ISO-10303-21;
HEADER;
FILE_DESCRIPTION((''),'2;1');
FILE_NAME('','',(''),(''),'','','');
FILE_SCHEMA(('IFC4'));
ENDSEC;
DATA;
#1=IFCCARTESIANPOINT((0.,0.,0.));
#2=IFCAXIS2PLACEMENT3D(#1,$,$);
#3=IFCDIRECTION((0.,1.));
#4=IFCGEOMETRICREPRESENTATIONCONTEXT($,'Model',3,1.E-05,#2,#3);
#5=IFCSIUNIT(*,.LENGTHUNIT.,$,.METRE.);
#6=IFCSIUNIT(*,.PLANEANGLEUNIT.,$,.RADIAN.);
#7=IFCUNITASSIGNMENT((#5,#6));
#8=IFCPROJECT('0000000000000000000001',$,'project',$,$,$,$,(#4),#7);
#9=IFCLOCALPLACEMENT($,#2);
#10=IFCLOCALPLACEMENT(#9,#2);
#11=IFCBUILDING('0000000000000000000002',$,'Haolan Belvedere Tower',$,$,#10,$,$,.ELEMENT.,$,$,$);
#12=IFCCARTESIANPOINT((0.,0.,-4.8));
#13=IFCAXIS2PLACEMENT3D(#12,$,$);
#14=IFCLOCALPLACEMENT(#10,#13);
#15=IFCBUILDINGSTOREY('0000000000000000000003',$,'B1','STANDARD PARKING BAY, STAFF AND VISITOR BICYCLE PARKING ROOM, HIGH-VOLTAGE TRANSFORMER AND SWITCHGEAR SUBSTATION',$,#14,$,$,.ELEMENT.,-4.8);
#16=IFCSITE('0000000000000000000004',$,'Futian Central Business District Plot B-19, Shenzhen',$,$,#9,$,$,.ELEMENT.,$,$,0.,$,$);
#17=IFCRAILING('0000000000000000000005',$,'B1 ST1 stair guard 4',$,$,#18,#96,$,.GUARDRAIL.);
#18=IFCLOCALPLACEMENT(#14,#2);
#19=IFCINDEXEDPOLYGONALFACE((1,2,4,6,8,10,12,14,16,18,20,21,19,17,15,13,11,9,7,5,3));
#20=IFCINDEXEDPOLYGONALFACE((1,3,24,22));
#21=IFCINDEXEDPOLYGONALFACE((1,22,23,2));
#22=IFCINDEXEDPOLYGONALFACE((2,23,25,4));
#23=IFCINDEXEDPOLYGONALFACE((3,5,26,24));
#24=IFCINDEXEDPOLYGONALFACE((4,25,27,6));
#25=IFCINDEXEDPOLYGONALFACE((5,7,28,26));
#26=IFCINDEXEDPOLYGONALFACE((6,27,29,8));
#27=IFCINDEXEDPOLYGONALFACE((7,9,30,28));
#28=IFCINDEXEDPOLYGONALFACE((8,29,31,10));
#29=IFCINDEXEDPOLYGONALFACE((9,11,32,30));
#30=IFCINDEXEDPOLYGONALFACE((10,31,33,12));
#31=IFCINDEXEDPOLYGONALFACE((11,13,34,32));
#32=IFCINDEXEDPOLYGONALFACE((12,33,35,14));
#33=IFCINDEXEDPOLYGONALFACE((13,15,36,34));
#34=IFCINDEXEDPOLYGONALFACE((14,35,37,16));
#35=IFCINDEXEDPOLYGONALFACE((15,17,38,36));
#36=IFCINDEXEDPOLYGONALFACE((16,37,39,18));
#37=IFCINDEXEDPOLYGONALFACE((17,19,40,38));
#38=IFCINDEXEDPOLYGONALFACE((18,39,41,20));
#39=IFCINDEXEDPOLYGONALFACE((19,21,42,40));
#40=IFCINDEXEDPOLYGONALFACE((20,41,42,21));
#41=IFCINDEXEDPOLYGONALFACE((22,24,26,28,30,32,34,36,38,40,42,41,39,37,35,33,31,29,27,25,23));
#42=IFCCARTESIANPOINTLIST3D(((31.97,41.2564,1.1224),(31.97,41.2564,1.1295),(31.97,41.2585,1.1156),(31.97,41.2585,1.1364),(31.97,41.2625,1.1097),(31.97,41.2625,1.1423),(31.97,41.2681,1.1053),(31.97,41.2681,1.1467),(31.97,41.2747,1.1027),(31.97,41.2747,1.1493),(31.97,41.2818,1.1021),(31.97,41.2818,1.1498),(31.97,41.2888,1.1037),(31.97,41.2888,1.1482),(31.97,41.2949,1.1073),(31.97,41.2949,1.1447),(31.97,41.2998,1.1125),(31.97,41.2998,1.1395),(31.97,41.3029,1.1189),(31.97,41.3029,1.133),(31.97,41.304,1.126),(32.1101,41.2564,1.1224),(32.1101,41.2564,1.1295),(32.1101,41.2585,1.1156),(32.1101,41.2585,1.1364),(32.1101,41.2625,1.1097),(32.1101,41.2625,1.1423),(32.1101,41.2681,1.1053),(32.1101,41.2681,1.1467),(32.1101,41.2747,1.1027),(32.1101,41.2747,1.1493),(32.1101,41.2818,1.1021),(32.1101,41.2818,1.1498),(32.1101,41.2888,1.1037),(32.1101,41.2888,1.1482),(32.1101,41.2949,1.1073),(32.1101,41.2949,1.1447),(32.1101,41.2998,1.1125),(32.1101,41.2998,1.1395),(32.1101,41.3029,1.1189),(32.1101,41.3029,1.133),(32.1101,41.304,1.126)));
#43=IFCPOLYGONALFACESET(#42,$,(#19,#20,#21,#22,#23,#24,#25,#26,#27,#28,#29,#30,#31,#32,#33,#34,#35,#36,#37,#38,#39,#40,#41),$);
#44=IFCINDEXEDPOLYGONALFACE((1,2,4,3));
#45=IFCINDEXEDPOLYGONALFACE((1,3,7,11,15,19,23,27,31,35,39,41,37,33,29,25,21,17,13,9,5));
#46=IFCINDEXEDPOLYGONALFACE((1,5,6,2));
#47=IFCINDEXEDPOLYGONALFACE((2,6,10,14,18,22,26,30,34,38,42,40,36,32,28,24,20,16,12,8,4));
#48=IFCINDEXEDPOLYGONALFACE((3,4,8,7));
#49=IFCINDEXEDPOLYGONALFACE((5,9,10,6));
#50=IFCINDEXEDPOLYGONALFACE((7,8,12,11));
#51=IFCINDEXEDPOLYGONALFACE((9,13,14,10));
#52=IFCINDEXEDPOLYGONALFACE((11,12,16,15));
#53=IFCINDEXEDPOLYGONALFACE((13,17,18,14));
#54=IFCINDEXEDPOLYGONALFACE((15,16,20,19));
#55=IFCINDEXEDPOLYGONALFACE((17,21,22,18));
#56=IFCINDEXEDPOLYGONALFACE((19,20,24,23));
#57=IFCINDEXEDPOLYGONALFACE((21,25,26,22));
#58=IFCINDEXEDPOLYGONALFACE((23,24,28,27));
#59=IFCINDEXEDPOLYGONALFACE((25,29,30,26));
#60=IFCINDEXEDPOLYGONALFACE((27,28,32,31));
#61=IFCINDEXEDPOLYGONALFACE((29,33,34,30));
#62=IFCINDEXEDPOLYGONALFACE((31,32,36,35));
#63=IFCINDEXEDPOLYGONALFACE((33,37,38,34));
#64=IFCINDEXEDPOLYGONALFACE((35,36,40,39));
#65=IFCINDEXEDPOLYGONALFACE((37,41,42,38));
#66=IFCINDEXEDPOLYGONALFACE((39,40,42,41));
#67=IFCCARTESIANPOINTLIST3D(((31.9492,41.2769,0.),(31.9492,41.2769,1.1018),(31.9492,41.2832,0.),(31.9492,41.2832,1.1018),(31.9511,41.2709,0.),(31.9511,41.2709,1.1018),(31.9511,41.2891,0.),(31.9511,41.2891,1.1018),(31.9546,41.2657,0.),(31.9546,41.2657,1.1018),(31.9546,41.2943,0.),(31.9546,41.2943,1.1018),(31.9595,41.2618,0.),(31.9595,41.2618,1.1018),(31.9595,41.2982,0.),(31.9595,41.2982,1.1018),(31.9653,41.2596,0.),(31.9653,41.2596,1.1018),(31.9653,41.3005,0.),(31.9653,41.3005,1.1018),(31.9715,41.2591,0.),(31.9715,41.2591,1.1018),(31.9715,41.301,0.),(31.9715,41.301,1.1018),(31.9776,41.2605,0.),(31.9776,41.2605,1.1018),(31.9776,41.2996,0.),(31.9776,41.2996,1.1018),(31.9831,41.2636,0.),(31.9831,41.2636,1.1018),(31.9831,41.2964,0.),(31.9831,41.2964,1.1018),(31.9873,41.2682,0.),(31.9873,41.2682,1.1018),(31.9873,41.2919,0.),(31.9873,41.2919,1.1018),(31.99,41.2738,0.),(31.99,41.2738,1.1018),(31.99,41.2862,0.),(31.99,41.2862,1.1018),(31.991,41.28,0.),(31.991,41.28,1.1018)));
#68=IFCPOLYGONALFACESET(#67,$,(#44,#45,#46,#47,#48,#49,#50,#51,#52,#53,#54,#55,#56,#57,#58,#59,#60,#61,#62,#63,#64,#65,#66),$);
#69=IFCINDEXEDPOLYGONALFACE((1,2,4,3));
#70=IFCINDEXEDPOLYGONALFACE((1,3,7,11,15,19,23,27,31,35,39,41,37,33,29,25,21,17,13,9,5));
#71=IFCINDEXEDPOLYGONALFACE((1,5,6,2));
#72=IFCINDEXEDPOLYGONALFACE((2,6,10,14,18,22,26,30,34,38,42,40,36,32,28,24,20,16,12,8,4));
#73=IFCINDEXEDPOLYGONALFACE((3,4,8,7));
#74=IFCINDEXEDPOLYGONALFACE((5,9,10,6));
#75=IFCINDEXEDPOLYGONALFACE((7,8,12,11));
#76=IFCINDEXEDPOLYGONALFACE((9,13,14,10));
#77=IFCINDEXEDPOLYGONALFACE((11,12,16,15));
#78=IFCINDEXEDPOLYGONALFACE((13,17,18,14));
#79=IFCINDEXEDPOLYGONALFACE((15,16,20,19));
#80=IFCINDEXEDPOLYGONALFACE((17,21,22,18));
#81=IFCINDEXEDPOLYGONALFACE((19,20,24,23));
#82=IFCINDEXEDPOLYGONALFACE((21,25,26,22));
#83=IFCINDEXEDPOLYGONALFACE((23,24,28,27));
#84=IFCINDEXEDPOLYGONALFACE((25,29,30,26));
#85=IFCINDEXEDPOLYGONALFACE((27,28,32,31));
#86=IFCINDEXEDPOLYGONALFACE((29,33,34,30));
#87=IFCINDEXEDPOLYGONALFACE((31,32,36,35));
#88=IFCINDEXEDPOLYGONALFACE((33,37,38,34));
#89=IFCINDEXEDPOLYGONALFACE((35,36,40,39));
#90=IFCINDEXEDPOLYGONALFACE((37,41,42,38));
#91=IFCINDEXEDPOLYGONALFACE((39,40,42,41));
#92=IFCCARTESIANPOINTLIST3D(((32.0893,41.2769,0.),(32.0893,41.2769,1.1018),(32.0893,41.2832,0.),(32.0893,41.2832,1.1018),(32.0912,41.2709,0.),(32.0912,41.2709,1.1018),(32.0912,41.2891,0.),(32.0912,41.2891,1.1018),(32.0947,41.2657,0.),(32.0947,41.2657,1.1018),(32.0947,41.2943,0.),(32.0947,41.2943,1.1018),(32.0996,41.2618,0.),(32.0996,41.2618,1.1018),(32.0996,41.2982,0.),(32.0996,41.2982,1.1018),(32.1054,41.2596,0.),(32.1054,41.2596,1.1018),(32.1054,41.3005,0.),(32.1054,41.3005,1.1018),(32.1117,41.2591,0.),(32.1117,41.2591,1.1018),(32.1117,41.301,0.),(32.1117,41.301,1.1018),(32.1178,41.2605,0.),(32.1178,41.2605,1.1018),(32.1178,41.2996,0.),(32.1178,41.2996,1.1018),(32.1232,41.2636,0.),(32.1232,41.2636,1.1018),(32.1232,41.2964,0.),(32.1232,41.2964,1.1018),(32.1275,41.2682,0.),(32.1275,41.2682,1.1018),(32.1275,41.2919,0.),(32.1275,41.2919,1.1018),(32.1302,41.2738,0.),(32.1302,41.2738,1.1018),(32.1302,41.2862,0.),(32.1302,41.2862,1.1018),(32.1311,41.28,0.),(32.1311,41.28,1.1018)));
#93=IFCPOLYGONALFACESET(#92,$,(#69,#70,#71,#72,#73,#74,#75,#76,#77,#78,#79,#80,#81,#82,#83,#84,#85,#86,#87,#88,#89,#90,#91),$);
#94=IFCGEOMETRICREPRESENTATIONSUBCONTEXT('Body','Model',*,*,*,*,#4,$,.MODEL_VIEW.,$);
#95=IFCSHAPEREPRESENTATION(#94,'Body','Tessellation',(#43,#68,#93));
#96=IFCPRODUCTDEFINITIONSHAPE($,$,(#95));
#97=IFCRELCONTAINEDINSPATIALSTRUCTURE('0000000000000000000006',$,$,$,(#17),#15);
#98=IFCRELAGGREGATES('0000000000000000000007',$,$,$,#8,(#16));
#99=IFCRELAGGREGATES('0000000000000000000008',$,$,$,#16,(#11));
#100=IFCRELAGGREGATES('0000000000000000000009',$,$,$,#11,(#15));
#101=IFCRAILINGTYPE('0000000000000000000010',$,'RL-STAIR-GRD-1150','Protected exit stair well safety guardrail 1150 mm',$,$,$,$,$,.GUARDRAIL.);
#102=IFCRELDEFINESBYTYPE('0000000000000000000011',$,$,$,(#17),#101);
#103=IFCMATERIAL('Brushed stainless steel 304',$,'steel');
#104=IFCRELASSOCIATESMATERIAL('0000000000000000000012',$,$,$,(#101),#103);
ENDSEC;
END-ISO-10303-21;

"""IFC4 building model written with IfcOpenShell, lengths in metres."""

from ifc_helpers import new_model, si_unit, direction, frame, origin, origin_2d, place, context, subcontext, project, spatial, circle, extrude, material, type_object, element, save


model = new_model("IFC4")

# Units and contexts
model_context = context("Model", 3, precision=1e-05, world=origin(), true_north=direction((0.0, 1.0)))
body_context = subcontext(model_context, "Body", "Model", "MODEL_VIEW")
ifc_project = project(units=[si_unit("LENGTHUNIT", "METRE"), si_unit("PLANEANGLEUNIT", "RADIAN")], contexts=[model_context])

# Site, building, storey
site_placement = place(None, origin())
site = spatial("IfcSite", under=ifc_project, at=site_placement, Name="Futian Central Business District Plot B-19, Shenzhen", CompositionType="ELEMENT", RefElevation=0.0)
building_placement = place(site_placement, origin())
building = spatial("IfcBuilding", under=site, at=building_placement, Name="Haolan Belvedere Tower", CompositionType="ELEMENT")
storey_placement = place(building_placement, frame((0.0, 0.0, -4.8)))
storey = spatial("IfcBuildingStorey", under=building, at=storey_placement, Name="B1", Description="STANDARD PARKING BAY, STAFF AND VISITOR BICYCLE PARKING ROOM, HIGH-VOLTAGE TRANSFORMER AND SWITCHGEAR SUBSTATION", CompositionType="ELEMENT", Elevation=-4.8)

# Railing
ifc_material_1 = material(Name="Brushed stainless steel 304", Category="steel")
railing_type_1 = type_object("IfcRailingType", Name="RL-STAIR-GRD-1150", Description="Protected exit stair well safety guardrail 1150 mm", PredefinedType="GUARDRAIL", material=ifc_material_1)
railing_1_placement = place(storey_placement, frame((31.97, 41.28, 0.0)))
element("IfcRailing", 1, at=railing_1_placement, inside=storey, type_object=railing_type_1, Name="B1 ST1 stair guard 4", PredefinedType="GUARDRAIL", context=body_context, shape_type="SweptSolid", body=[
    extrude(circle(Radius=0.0239, at=origin_2d()), frame((0.0, 0.0, 1.126), z_axis=(1.0, 0.0, 0.0), x_axis=(0.0, 1.0, 0.0)), (0.0, 0.0, 1.0), 0.1401),
    extrude(circle(Radius=0.021, at=origin_2d()), origin(), (0.0, 0.0, 1.0), 1.1018),
    extrude(circle(Radius=0.021, at=origin_2d()), frame((0.1401, 0.0, 0.0)), (0.0, 0.0, 1.0), 1.1018),
])

save(model, "model.ifc")
